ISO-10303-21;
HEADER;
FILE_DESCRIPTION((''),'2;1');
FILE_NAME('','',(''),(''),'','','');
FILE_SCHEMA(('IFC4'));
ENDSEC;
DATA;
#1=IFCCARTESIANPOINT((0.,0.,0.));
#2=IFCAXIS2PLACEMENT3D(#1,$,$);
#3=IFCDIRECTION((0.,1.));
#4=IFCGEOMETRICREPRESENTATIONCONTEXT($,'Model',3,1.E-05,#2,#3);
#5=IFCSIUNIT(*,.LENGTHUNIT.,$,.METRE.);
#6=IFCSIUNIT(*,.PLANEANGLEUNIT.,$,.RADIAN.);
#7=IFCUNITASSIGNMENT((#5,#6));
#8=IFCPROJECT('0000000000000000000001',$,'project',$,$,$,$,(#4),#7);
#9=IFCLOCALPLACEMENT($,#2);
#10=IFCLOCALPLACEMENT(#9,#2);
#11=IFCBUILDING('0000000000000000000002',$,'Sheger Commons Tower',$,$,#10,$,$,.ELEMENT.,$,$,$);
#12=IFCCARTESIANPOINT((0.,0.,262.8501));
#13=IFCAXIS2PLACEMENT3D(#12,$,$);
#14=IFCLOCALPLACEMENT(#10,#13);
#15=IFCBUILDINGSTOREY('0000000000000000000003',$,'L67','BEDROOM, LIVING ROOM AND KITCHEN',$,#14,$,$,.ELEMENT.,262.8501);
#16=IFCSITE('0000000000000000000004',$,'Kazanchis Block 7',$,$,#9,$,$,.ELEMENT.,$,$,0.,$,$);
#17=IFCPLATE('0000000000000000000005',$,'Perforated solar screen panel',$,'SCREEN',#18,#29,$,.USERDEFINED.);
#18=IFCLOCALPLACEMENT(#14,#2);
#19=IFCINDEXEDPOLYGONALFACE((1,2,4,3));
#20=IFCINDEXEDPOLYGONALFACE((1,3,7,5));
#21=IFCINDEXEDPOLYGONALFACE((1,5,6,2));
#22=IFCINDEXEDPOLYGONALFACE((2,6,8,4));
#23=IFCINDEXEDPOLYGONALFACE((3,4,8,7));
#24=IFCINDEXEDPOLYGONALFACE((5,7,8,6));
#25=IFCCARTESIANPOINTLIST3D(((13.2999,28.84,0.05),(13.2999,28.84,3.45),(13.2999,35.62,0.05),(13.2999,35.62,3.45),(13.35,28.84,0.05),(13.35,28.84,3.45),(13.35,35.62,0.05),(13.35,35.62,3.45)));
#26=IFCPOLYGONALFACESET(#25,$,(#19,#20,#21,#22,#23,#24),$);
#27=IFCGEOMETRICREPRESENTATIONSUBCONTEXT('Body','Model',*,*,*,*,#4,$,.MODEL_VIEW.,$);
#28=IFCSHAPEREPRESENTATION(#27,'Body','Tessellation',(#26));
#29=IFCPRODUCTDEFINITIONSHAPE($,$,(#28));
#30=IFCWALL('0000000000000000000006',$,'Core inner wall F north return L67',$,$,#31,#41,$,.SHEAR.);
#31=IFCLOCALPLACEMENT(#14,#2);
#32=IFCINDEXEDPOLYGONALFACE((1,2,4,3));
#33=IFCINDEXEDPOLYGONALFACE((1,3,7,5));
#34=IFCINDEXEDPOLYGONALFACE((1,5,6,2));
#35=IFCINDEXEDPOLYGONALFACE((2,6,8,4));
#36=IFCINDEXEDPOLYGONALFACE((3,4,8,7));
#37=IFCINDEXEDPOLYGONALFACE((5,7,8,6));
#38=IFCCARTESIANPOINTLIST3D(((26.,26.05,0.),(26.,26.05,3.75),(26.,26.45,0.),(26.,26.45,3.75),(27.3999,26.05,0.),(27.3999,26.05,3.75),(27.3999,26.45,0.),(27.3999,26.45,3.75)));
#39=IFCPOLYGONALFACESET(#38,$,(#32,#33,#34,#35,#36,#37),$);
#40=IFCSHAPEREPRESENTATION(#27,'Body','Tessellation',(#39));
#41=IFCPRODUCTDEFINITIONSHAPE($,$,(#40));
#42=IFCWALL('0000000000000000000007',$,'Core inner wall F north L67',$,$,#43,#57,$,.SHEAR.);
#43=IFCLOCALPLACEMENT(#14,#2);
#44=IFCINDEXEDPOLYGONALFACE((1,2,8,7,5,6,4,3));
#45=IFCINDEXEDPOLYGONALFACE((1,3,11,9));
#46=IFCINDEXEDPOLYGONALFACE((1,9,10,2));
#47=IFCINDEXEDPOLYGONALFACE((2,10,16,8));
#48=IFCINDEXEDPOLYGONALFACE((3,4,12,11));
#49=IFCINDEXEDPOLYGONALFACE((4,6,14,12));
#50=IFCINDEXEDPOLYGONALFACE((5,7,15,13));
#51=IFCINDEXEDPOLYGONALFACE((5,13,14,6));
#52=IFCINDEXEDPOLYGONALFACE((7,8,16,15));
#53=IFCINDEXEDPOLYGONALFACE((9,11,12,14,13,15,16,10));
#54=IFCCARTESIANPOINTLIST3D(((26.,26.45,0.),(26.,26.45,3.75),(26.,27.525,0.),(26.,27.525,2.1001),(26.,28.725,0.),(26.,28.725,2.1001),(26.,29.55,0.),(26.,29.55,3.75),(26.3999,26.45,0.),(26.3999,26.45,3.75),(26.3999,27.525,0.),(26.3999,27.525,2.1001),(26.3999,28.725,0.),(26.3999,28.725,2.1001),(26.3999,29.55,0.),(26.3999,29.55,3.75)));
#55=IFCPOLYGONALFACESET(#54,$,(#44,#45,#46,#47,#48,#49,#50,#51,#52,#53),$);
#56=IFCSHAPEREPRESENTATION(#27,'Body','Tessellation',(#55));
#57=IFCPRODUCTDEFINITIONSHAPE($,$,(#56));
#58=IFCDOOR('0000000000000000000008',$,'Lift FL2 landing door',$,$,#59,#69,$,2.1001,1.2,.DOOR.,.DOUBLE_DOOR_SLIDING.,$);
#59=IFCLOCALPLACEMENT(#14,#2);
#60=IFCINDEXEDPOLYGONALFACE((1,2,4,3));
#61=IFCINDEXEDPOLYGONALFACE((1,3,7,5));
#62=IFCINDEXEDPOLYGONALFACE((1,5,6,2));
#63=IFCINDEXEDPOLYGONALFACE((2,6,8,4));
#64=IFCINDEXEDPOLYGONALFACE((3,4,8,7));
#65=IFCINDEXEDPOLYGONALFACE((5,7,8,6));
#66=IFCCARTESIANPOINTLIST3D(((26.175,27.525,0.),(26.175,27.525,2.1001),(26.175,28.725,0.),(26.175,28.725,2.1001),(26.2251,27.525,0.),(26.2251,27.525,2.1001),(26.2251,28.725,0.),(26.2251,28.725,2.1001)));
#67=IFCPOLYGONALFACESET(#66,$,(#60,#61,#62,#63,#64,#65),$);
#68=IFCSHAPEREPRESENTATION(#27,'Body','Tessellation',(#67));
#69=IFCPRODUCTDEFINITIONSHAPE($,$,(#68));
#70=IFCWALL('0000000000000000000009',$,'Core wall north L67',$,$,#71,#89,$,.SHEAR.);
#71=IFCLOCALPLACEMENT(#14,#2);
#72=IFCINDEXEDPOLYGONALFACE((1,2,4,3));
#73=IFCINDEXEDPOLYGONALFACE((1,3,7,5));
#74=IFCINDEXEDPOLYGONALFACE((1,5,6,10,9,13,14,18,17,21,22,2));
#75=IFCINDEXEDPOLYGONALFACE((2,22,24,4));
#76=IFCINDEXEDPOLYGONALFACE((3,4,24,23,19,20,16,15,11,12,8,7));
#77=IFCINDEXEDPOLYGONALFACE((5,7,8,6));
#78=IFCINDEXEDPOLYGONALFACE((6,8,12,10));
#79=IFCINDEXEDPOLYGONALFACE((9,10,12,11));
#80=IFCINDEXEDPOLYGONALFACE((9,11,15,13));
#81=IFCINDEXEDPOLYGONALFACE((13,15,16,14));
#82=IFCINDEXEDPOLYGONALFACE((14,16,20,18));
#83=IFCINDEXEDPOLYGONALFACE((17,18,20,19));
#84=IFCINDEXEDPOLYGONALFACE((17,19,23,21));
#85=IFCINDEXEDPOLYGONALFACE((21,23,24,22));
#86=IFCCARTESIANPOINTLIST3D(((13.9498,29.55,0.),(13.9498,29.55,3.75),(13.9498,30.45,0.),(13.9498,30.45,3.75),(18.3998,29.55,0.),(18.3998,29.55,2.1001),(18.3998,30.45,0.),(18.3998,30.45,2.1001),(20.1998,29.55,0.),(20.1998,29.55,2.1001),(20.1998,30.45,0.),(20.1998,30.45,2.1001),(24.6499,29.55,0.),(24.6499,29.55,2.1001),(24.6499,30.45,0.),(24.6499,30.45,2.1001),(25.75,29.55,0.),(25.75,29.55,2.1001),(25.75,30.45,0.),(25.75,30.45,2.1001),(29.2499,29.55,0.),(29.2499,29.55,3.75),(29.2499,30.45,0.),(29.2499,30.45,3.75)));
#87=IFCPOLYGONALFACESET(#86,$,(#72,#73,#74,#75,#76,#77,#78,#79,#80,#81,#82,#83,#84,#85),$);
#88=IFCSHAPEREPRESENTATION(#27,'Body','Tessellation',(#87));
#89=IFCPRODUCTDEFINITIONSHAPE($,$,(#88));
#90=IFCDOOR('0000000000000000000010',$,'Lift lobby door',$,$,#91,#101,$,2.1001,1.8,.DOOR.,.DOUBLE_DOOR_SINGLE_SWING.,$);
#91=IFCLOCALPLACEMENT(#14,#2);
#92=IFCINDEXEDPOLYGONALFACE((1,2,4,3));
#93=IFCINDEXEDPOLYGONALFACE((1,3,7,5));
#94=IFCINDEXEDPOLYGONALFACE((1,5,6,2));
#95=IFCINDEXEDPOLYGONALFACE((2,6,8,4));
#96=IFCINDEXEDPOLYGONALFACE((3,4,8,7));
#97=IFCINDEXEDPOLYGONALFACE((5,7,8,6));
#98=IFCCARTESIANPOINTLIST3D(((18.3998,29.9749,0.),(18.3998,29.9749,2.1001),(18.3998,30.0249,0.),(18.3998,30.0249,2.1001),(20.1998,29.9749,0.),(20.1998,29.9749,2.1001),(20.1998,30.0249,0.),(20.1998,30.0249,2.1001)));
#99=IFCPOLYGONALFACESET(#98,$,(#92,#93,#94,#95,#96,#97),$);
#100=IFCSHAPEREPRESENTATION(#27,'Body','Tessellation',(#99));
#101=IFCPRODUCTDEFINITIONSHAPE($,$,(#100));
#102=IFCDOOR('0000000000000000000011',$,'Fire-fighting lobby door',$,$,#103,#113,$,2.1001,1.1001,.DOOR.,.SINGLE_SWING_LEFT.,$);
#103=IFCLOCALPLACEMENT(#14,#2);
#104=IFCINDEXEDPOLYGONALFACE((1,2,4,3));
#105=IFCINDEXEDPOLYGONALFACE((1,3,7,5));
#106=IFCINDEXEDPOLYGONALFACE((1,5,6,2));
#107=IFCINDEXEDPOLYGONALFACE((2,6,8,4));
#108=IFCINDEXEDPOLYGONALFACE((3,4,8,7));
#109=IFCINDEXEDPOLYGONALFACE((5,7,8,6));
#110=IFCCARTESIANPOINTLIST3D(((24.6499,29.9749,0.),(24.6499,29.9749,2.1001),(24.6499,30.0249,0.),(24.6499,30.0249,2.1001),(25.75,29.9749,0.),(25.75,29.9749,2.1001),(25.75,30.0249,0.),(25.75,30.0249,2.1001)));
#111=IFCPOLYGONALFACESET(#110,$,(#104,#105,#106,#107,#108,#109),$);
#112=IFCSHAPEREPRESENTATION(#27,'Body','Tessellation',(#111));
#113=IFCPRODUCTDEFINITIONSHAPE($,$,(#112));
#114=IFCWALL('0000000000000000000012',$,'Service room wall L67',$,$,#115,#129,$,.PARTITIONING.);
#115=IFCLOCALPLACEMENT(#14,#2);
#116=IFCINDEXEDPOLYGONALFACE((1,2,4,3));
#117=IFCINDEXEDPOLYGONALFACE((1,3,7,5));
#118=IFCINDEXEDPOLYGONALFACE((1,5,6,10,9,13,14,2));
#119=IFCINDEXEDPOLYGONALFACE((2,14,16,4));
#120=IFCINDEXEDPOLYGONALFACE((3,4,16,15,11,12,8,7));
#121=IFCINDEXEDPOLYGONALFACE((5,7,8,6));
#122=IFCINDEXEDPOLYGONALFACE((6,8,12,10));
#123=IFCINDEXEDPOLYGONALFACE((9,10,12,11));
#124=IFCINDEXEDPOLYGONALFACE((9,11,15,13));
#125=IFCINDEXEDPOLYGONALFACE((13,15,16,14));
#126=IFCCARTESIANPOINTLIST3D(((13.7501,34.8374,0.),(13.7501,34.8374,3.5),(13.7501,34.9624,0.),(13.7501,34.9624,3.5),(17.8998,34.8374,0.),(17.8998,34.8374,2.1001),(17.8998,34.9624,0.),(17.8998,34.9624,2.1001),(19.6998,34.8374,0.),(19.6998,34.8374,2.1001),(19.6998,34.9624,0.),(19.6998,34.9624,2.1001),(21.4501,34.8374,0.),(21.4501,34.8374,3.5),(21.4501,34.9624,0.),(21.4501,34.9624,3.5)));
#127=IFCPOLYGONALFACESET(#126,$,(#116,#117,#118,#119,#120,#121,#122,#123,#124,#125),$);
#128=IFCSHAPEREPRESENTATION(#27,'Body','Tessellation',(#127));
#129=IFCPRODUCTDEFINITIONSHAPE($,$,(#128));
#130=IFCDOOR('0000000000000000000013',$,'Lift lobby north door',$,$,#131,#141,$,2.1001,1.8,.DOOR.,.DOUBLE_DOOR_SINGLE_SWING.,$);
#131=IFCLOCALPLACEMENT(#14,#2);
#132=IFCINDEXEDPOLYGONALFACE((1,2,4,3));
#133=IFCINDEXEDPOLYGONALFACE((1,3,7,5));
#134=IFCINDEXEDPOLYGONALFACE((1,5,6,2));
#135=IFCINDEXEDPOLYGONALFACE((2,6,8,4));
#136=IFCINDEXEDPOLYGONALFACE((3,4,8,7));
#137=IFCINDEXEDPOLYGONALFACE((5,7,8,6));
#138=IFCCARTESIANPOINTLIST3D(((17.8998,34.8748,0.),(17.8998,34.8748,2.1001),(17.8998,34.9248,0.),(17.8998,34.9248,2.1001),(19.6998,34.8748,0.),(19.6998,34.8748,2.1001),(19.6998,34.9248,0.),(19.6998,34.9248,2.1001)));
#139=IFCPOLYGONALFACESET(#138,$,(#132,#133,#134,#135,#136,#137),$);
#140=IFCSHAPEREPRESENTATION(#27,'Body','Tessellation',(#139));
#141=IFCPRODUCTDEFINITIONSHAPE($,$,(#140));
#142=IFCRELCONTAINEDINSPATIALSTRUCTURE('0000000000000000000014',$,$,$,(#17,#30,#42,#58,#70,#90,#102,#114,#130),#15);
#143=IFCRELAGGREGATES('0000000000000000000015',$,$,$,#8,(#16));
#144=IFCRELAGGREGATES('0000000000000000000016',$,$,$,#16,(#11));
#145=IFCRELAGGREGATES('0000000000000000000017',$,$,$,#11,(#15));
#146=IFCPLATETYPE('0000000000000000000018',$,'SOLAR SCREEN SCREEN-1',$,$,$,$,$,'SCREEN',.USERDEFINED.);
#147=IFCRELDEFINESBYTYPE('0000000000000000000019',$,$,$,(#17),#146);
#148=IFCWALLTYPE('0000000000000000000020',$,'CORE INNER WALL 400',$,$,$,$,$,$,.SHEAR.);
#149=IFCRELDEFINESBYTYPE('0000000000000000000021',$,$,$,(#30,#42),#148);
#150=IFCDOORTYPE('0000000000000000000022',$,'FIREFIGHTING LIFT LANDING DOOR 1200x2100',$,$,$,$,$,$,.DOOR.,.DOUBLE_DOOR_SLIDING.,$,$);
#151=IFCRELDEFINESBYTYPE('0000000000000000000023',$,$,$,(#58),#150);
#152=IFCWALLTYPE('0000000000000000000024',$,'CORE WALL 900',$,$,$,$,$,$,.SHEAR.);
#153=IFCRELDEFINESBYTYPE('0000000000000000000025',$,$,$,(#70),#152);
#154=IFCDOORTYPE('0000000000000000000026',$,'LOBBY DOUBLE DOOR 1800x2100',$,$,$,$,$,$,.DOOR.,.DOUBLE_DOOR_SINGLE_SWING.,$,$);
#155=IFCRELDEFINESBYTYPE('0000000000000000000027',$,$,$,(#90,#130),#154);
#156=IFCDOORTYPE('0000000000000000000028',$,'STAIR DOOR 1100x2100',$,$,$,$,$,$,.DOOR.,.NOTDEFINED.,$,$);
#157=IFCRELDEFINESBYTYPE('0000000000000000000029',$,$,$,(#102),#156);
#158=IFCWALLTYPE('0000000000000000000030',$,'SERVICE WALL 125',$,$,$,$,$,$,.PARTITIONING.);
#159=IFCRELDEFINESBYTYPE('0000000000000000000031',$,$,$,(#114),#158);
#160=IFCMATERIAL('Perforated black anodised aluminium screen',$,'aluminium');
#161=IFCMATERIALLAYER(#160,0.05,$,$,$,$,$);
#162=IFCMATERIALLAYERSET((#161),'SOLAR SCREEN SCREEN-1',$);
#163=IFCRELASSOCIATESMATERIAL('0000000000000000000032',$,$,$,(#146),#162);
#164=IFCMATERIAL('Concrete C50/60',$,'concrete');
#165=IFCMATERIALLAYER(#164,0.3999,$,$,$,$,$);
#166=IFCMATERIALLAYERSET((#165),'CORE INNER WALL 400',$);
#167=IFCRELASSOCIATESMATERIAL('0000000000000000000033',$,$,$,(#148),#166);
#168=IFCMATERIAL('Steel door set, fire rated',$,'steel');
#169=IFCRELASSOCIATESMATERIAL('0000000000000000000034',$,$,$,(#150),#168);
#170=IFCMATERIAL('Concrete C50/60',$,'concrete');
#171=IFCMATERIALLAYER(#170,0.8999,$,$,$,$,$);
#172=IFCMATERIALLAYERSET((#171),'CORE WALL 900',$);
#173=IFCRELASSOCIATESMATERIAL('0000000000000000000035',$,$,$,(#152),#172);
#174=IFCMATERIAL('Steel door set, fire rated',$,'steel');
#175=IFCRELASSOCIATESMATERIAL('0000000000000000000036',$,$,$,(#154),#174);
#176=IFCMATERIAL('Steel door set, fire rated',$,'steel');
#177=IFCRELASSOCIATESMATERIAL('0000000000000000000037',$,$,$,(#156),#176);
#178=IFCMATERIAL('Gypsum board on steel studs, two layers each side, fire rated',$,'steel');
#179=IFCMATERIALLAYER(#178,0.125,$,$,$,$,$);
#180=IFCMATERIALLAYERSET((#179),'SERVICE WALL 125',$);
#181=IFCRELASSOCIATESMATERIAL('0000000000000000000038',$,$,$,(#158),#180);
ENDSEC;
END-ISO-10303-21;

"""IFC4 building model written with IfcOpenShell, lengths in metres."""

from ifc_helpers import new_model, si_unit, direction, frame, frame_2d, origin, origin_2d, place, context, subcontext, project, spatial, rectangle, extrude, material, layer, layer_set, type_object, element, fill, save


model = new_model("IFC4")

# Units and contexts
model_context = context("Model", 3, precision=1e-05, world=origin(), true_north=direction((0.0, 1.0)))
body_context = subcontext(model_context, "Body", "Model", "MODEL_VIEW")
ifc_project = project(units=[si_unit("LENGTHUNIT", "METRE"), si_unit("PLANEANGLEUNIT", "RADIAN")], contexts=[model_context])

# Site, building, storey
site_placement = place(None, origin())
site = spatial("IfcSite", under=ifc_project, at=site_placement, Name="Kazanchis Block 7", CompositionType="ELEMENT", RefElevation=0.0)
building_placement = place(site_placement, origin())
building = spatial("IfcBuilding", under=site, at=building_placement, Name="Sheger Commons Tower", CompositionType="ELEMENT")
storey_placement = place(building_placement, frame((0.0, 0.0, 262.8501)))
storey = spatial("IfcBuildingStorey", under=building, at=storey_placement, Name="L67", Description="BEDROOM, LIVING ROOM AND KITCHEN", CompositionType="ELEMENT", Elevation=262.8501)

# Plate
ifc_material_1 = material(Name="Perforated black anodised aluminium screen", Category="aluminium")
ifc_layer_1 = layer(ifc_material_1, 0.05)
ifc_layer_set_1 = layer_set([ifc_layer_1], Name="SOLAR SCREEN SCREEN-1")
plate_type = type_object("IfcPlateType", Name="SOLAR SCREEN SCREEN-1", ElementType="SCREEN", PredefinedType="USERDEFINED", material=ifc_layer_set_1)
plate_placement = place(storey_placement, frame((13.325, 32.23, 0.05), z_axis=(0.0, 0.0, 1.0), x_axis=(0.0, -1.0, 0.0)))
element("IfcPlate", 1, at=plate_placement, inside=storey, type_object=plate_type, Name="Perforated solar screen panel", ObjectType="SCREEN", PredefinedType="USERDEFINED", context=body_context, shape_type="SweptSolid", body=[
    extrude(rectangle(XDim=6.78, YDim=0.05, at=origin_2d()), origin(), (0.0, 0.0, 1.0), 3.3999),
])

# Wall
ifc_material_2 = material(Name="Concrete C50/60", Category="concrete")
ifc_layer_2 = layer(ifc_material_2, 0.3999)
ifc_layer_set_2 = layer_set([ifc_layer_2], Name="CORE INNER WALL 400")
wall_type_1 = type_object("IfcWallType", Name="CORE INNER WALL 400", PredefinedType="SHEAR", material=ifc_layer_set_2)
wall_1_placement = place(storey_placement, frame((26.0, 26.25, 0.0), z_axis=(0.0, 0.0, 1.0), x_axis=(1.0, 0.0, 0.0)))
element("IfcWall", 2, at=wall_1_placement, inside=storey, type_object=wall_type_1, Name="Core inner wall F north return L67", PredefinedType="SHEAR", context=body_context, shape_type="SweptSolid", body=[
    extrude(rectangle(XDim=1.3999, YDim=0.3999, at=frame_2d((0.7, 0.0))), origin(), (0.0, 0.0, 1.0), 3.75),
])

# Wall, opening, door
wall_2_placement = place(storey_placement, frame((26.2, 26.45, 0.0), z_axis=(0.0, 0.0, 1.0), x_axis=(0.0, 1.0, 0.0)))
wall_2 = element("IfcWall", 3, at=wall_2_placement, inside=storey, type_object=wall_type_1, Name="Core inner wall F north L67", PredefinedType="SHEAR", context=body_context, shape_type="SweptSolid", body=[
    extrude(rectangle(XDim=3.1001, YDim=0.3999, at=frame_2d((1.55, 0.0))), origin(), (0.0, 0.0, 1.0), 3.75),
])
opening_1_placement = place(wall_2_placement, frame((1.075, 0.0, 0.0)))
opening_1 = element("IfcOpeningElement", 4, at=opening_1_placement, cuts=wall_2, PredefinedType="OPENING", context=body_context, shape_type="SweptSolid", body=[
    extrude(rectangle(XDim=1.2, YDim=2.1001, at=frame_2d((0.6001, 1.05))), frame((0.0, 0.21, 0.0), z_axis=(0.0, -1.0, 0.0), x_axis=(1.0, 0.0, 0.0)), (0.0, 0.0, 1.0), 0.4199),
])
ifc_material_3 = material(Name="Steel door set, fire rated", Category="steel")
door_type_1 = type_object("IfcDoorType", Name="FIREFIGHTING LIFT LANDING DOOR 1200x2100", OperationType="DOUBLE_DOOR_SLIDING", PredefinedType="DOOR", material=ifc_material_3)
door_1_placement = place(opening_1_placement, origin())
door_1 = element("IfcDoor", 5, at=door_1_placement, inside=storey, type_object=door_type_1, Name="Lift FL2 landing door", OperationType="DOUBLE_DOOR_SLIDING", OverallHeight=2.1001, OverallWidth=1.2, PredefinedType="DOOR", context=body_context, shape_type="SweptSolid", body=[
    extrude(rectangle(XDim=1.2, YDim=2.1001, at=frame_2d((0.6001, 1.05))), frame((0.0, 0.0249, 0.0), z_axis=(0.0, -1.0, 0.0), x_axis=(1.0, 0.0, 0.0)), (0.0, 0.0, 1.0), 0.05),
])
fill(opening_1, door_1)

# Wall, openings, doors
ifc_material_4 = material(Name="Concrete C50/60", Category="concrete")
ifc_layer_3 = layer(ifc_material_4, 0.8999)
ifc_layer_set_3 = layer_set([ifc_layer_3], Name="CORE WALL 900")
wall_type_2 = type_object("IfcWallType", Name="CORE WALL 900", PredefinedType="SHEAR", material=ifc_layer_set_3)
wall_3_placement = place(storey_placement, frame((13.95, 30.0, 0.0), z_axis=(0.0, 0.0, 1.0), x_axis=(1.0, 0.0, 0.0)))
wall_3 = element("IfcWall", 6, at=wall_3_placement, inside=storey, type_object=wall_type_2, Name="Core wall north L67", PredefinedType="SHEAR", context=body_context, shape_type="SweptSolid", body=[
    extrude(rectangle(XDim=15.3, YDim=0.8999, at=frame_2d((7.6499, 0.0))), origin(), (0.0, 0.0, 1.0), 3.75),
])
opening_2_placement = place(wall_3_placement, frame((4.45, 0.0, 0.0)))
opening_2 = element("IfcOpeningElement", 7, at=opening_2_placement, cuts=wall_3, PredefinedType="OPENING", context=body_context, shape_type="SweptSolid", body=[
    extrude(rectangle(XDim=1.8, YDim=2.1001, at=frame_2d((0.8999, 1.05))), frame((0.0, 0.46, 0.0), z_axis=(0.0, -1.0, 0.0), x_axis=(1.0, 0.0, 0.0)), (0.0, 0.0, 1.0), 0.9199),
])
opening_3_placement = place(wall_3_placement, frame((10.7, 0.0, 0.0)))
opening_3 = element("IfcOpeningElement", 8, at=opening_3_placement, cuts=wall_3, PredefinedType="OPENING", context=body_context, shape_type="SweptSolid", body=[
    extrude(rectangle(XDim=1.1001, YDim=2.1001, at=frame_2d((0.55, 1.05))), frame((0.0, 0.46, 0.0), z_axis=(0.0, -1.0, 0.0), x_axis=(1.0, 0.0, 0.0)), (0.0, 0.0, 1.0), 0.9199),
])
ifc_material_5 = material(Name="Steel door set, fire rated", Category="steel")
door_type_2 = type_object("IfcDoorType", Name="LOBBY DOUBLE DOOR 1800x2100", OperationType="DOUBLE_DOOR_SINGLE_SWING", PredefinedType="DOOR", material=ifc_material_5)
door_2_placement = place(opening_2_placement, origin())
door_2 = element("IfcDoor", 9, at=door_2_placement, inside=storey, type_object=door_type_2, Name="Lift lobby door", OperationType="DOUBLE_DOOR_SINGLE_SWING", OverallHeight=2.1001, OverallWidth=1.8, PredefinedType="DOOR", context=body_context, shape_type="SweptSolid", body=[
    extrude(rectangle(XDim=1.8, YDim=2.1001, at=frame_2d((0.8999, 1.05))), frame((0.0, 0.0249, 0.0), z_axis=(0.0, -1.0, 0.0), x_axis=(1.0, 0.0, 0.0)), (0.0, 0.0, 1.0), 0.05),
])
fill(opening_2, door_2)
ifc_material_6 = material(Name="Steel door set, fire rated", Category="steel")
door_type_3 = type_object("IfcDoorType", Name="STAIR DOOR 1100x2100", OperationType="NOTDEFINED", PredefinedType="DOOR", material=ifc_material_6)
door_3_placement = place(opening_3_placement, origin())
door_3 = element("IfcDoor", 10, at=door_3_placement, inside=storey, type_object=door_type_3, Name="Fire-fighting lobby door", OperationType="SINGLE_SWING_LEFT", OverallHeight=2.1001, OverallWidth=1.1001, PredefinedType="DOOR", context=body_context, shape_type="SweptSolid", body=[
    extrude(rectangle(XDim=1.1001, YDim=2.1001, at=frame_2d((0.55, 1.05))), frame((0.0, 0.0249, 0.0), z_axis=(0.0, -1.0, 0.0), x_axis=(1.0, 0.0, 0.0)), (0.0, 0.0, 1.0), 0.05),
])
fill(opening_3, door_3)

# Wall, opening, door
ifc_material_7 = material(Name="Gypsum board on steel studs, two layers each side, fire rated", Category="steel")
ifc_layer_4 = layer(ifc_material_7, 0.125)
ifc_layer_set_4 = layer_set([ifc_layer_4], Name="SERVICE WALL 125")
wall_type_3 = type_object("IfcWallType", Name="SERVICE WALL 125", PredefinedType="PARTITIONING", material=ifc_layer_set_4)
wall_4_placement = place(storey_placement, frame((13.75, 34.8999, 0.0), z_axis=(0.0, 0.0, 1.0), x_axis=(1.0, 0.0, 0.0)))
wall_4 = element("IfcWall", 11, at=wall_4_placement, inside=storey, type_object=wall_type_3, Name="Service room wall L67", PredefinedType="PARTITIONING", context=body_context, shape_type="SweptSolid", body=[
    extrude(rectangle(XDim=7.7, YDim=0.125, at=frame_2d((3.8501, 0.0))), origin(), (0.0, 0.0, 1.0), 3.5),
])
opening_4_placement = place(wall_4_placement, frame((4.1499, 0.0, 0.0)))
opening_4 = element("IfcOpeningElement", 12, at=opening_4_placement, cuts=wall_4, PredefinedType="OPENING", context=body_context, shape_type="SweptSolid", body=[
    extrude(rectangle(XDim=1.8, YDim=2.1001, at=frame_2d((0.8999, 1.05))), frame((0.0, 0.0725, 0.0), z_axis=(0.0, -1.0, 0.0), x_axis=(1.0, 0.0, 0.0)), (0.0, 0.0, 1.0), 0.145),
])
door_4_placement = place(opening_4_placement, origin())
door_4 = element("IfcDoor", 13, at=door_4_placement, inside=storey, type_object=door_type_2, Name="Lift lobby north door", OperationType="DOUBLE_DOOR_SINGLE_SWING", OverallHeight=2.1001, OverallWidth=1.8, PredefinedType="DOOR", context=body_context, shape_type="SweptSolid", body=[
    extrude(rectangle(XDim=1.8, YDim=2.1001, at=frame_2d((0.8999, 1.05))), frame((0.0, 0.0249, 0.0), z_axis=(0.0, -1.0, 0.0), x_axis=(1.0, 0.0, 0.0)), (0.0, 0.0, 1.0), 0.05),
])
fill(opening_4, door_4)

save(model, "model.ifc")
